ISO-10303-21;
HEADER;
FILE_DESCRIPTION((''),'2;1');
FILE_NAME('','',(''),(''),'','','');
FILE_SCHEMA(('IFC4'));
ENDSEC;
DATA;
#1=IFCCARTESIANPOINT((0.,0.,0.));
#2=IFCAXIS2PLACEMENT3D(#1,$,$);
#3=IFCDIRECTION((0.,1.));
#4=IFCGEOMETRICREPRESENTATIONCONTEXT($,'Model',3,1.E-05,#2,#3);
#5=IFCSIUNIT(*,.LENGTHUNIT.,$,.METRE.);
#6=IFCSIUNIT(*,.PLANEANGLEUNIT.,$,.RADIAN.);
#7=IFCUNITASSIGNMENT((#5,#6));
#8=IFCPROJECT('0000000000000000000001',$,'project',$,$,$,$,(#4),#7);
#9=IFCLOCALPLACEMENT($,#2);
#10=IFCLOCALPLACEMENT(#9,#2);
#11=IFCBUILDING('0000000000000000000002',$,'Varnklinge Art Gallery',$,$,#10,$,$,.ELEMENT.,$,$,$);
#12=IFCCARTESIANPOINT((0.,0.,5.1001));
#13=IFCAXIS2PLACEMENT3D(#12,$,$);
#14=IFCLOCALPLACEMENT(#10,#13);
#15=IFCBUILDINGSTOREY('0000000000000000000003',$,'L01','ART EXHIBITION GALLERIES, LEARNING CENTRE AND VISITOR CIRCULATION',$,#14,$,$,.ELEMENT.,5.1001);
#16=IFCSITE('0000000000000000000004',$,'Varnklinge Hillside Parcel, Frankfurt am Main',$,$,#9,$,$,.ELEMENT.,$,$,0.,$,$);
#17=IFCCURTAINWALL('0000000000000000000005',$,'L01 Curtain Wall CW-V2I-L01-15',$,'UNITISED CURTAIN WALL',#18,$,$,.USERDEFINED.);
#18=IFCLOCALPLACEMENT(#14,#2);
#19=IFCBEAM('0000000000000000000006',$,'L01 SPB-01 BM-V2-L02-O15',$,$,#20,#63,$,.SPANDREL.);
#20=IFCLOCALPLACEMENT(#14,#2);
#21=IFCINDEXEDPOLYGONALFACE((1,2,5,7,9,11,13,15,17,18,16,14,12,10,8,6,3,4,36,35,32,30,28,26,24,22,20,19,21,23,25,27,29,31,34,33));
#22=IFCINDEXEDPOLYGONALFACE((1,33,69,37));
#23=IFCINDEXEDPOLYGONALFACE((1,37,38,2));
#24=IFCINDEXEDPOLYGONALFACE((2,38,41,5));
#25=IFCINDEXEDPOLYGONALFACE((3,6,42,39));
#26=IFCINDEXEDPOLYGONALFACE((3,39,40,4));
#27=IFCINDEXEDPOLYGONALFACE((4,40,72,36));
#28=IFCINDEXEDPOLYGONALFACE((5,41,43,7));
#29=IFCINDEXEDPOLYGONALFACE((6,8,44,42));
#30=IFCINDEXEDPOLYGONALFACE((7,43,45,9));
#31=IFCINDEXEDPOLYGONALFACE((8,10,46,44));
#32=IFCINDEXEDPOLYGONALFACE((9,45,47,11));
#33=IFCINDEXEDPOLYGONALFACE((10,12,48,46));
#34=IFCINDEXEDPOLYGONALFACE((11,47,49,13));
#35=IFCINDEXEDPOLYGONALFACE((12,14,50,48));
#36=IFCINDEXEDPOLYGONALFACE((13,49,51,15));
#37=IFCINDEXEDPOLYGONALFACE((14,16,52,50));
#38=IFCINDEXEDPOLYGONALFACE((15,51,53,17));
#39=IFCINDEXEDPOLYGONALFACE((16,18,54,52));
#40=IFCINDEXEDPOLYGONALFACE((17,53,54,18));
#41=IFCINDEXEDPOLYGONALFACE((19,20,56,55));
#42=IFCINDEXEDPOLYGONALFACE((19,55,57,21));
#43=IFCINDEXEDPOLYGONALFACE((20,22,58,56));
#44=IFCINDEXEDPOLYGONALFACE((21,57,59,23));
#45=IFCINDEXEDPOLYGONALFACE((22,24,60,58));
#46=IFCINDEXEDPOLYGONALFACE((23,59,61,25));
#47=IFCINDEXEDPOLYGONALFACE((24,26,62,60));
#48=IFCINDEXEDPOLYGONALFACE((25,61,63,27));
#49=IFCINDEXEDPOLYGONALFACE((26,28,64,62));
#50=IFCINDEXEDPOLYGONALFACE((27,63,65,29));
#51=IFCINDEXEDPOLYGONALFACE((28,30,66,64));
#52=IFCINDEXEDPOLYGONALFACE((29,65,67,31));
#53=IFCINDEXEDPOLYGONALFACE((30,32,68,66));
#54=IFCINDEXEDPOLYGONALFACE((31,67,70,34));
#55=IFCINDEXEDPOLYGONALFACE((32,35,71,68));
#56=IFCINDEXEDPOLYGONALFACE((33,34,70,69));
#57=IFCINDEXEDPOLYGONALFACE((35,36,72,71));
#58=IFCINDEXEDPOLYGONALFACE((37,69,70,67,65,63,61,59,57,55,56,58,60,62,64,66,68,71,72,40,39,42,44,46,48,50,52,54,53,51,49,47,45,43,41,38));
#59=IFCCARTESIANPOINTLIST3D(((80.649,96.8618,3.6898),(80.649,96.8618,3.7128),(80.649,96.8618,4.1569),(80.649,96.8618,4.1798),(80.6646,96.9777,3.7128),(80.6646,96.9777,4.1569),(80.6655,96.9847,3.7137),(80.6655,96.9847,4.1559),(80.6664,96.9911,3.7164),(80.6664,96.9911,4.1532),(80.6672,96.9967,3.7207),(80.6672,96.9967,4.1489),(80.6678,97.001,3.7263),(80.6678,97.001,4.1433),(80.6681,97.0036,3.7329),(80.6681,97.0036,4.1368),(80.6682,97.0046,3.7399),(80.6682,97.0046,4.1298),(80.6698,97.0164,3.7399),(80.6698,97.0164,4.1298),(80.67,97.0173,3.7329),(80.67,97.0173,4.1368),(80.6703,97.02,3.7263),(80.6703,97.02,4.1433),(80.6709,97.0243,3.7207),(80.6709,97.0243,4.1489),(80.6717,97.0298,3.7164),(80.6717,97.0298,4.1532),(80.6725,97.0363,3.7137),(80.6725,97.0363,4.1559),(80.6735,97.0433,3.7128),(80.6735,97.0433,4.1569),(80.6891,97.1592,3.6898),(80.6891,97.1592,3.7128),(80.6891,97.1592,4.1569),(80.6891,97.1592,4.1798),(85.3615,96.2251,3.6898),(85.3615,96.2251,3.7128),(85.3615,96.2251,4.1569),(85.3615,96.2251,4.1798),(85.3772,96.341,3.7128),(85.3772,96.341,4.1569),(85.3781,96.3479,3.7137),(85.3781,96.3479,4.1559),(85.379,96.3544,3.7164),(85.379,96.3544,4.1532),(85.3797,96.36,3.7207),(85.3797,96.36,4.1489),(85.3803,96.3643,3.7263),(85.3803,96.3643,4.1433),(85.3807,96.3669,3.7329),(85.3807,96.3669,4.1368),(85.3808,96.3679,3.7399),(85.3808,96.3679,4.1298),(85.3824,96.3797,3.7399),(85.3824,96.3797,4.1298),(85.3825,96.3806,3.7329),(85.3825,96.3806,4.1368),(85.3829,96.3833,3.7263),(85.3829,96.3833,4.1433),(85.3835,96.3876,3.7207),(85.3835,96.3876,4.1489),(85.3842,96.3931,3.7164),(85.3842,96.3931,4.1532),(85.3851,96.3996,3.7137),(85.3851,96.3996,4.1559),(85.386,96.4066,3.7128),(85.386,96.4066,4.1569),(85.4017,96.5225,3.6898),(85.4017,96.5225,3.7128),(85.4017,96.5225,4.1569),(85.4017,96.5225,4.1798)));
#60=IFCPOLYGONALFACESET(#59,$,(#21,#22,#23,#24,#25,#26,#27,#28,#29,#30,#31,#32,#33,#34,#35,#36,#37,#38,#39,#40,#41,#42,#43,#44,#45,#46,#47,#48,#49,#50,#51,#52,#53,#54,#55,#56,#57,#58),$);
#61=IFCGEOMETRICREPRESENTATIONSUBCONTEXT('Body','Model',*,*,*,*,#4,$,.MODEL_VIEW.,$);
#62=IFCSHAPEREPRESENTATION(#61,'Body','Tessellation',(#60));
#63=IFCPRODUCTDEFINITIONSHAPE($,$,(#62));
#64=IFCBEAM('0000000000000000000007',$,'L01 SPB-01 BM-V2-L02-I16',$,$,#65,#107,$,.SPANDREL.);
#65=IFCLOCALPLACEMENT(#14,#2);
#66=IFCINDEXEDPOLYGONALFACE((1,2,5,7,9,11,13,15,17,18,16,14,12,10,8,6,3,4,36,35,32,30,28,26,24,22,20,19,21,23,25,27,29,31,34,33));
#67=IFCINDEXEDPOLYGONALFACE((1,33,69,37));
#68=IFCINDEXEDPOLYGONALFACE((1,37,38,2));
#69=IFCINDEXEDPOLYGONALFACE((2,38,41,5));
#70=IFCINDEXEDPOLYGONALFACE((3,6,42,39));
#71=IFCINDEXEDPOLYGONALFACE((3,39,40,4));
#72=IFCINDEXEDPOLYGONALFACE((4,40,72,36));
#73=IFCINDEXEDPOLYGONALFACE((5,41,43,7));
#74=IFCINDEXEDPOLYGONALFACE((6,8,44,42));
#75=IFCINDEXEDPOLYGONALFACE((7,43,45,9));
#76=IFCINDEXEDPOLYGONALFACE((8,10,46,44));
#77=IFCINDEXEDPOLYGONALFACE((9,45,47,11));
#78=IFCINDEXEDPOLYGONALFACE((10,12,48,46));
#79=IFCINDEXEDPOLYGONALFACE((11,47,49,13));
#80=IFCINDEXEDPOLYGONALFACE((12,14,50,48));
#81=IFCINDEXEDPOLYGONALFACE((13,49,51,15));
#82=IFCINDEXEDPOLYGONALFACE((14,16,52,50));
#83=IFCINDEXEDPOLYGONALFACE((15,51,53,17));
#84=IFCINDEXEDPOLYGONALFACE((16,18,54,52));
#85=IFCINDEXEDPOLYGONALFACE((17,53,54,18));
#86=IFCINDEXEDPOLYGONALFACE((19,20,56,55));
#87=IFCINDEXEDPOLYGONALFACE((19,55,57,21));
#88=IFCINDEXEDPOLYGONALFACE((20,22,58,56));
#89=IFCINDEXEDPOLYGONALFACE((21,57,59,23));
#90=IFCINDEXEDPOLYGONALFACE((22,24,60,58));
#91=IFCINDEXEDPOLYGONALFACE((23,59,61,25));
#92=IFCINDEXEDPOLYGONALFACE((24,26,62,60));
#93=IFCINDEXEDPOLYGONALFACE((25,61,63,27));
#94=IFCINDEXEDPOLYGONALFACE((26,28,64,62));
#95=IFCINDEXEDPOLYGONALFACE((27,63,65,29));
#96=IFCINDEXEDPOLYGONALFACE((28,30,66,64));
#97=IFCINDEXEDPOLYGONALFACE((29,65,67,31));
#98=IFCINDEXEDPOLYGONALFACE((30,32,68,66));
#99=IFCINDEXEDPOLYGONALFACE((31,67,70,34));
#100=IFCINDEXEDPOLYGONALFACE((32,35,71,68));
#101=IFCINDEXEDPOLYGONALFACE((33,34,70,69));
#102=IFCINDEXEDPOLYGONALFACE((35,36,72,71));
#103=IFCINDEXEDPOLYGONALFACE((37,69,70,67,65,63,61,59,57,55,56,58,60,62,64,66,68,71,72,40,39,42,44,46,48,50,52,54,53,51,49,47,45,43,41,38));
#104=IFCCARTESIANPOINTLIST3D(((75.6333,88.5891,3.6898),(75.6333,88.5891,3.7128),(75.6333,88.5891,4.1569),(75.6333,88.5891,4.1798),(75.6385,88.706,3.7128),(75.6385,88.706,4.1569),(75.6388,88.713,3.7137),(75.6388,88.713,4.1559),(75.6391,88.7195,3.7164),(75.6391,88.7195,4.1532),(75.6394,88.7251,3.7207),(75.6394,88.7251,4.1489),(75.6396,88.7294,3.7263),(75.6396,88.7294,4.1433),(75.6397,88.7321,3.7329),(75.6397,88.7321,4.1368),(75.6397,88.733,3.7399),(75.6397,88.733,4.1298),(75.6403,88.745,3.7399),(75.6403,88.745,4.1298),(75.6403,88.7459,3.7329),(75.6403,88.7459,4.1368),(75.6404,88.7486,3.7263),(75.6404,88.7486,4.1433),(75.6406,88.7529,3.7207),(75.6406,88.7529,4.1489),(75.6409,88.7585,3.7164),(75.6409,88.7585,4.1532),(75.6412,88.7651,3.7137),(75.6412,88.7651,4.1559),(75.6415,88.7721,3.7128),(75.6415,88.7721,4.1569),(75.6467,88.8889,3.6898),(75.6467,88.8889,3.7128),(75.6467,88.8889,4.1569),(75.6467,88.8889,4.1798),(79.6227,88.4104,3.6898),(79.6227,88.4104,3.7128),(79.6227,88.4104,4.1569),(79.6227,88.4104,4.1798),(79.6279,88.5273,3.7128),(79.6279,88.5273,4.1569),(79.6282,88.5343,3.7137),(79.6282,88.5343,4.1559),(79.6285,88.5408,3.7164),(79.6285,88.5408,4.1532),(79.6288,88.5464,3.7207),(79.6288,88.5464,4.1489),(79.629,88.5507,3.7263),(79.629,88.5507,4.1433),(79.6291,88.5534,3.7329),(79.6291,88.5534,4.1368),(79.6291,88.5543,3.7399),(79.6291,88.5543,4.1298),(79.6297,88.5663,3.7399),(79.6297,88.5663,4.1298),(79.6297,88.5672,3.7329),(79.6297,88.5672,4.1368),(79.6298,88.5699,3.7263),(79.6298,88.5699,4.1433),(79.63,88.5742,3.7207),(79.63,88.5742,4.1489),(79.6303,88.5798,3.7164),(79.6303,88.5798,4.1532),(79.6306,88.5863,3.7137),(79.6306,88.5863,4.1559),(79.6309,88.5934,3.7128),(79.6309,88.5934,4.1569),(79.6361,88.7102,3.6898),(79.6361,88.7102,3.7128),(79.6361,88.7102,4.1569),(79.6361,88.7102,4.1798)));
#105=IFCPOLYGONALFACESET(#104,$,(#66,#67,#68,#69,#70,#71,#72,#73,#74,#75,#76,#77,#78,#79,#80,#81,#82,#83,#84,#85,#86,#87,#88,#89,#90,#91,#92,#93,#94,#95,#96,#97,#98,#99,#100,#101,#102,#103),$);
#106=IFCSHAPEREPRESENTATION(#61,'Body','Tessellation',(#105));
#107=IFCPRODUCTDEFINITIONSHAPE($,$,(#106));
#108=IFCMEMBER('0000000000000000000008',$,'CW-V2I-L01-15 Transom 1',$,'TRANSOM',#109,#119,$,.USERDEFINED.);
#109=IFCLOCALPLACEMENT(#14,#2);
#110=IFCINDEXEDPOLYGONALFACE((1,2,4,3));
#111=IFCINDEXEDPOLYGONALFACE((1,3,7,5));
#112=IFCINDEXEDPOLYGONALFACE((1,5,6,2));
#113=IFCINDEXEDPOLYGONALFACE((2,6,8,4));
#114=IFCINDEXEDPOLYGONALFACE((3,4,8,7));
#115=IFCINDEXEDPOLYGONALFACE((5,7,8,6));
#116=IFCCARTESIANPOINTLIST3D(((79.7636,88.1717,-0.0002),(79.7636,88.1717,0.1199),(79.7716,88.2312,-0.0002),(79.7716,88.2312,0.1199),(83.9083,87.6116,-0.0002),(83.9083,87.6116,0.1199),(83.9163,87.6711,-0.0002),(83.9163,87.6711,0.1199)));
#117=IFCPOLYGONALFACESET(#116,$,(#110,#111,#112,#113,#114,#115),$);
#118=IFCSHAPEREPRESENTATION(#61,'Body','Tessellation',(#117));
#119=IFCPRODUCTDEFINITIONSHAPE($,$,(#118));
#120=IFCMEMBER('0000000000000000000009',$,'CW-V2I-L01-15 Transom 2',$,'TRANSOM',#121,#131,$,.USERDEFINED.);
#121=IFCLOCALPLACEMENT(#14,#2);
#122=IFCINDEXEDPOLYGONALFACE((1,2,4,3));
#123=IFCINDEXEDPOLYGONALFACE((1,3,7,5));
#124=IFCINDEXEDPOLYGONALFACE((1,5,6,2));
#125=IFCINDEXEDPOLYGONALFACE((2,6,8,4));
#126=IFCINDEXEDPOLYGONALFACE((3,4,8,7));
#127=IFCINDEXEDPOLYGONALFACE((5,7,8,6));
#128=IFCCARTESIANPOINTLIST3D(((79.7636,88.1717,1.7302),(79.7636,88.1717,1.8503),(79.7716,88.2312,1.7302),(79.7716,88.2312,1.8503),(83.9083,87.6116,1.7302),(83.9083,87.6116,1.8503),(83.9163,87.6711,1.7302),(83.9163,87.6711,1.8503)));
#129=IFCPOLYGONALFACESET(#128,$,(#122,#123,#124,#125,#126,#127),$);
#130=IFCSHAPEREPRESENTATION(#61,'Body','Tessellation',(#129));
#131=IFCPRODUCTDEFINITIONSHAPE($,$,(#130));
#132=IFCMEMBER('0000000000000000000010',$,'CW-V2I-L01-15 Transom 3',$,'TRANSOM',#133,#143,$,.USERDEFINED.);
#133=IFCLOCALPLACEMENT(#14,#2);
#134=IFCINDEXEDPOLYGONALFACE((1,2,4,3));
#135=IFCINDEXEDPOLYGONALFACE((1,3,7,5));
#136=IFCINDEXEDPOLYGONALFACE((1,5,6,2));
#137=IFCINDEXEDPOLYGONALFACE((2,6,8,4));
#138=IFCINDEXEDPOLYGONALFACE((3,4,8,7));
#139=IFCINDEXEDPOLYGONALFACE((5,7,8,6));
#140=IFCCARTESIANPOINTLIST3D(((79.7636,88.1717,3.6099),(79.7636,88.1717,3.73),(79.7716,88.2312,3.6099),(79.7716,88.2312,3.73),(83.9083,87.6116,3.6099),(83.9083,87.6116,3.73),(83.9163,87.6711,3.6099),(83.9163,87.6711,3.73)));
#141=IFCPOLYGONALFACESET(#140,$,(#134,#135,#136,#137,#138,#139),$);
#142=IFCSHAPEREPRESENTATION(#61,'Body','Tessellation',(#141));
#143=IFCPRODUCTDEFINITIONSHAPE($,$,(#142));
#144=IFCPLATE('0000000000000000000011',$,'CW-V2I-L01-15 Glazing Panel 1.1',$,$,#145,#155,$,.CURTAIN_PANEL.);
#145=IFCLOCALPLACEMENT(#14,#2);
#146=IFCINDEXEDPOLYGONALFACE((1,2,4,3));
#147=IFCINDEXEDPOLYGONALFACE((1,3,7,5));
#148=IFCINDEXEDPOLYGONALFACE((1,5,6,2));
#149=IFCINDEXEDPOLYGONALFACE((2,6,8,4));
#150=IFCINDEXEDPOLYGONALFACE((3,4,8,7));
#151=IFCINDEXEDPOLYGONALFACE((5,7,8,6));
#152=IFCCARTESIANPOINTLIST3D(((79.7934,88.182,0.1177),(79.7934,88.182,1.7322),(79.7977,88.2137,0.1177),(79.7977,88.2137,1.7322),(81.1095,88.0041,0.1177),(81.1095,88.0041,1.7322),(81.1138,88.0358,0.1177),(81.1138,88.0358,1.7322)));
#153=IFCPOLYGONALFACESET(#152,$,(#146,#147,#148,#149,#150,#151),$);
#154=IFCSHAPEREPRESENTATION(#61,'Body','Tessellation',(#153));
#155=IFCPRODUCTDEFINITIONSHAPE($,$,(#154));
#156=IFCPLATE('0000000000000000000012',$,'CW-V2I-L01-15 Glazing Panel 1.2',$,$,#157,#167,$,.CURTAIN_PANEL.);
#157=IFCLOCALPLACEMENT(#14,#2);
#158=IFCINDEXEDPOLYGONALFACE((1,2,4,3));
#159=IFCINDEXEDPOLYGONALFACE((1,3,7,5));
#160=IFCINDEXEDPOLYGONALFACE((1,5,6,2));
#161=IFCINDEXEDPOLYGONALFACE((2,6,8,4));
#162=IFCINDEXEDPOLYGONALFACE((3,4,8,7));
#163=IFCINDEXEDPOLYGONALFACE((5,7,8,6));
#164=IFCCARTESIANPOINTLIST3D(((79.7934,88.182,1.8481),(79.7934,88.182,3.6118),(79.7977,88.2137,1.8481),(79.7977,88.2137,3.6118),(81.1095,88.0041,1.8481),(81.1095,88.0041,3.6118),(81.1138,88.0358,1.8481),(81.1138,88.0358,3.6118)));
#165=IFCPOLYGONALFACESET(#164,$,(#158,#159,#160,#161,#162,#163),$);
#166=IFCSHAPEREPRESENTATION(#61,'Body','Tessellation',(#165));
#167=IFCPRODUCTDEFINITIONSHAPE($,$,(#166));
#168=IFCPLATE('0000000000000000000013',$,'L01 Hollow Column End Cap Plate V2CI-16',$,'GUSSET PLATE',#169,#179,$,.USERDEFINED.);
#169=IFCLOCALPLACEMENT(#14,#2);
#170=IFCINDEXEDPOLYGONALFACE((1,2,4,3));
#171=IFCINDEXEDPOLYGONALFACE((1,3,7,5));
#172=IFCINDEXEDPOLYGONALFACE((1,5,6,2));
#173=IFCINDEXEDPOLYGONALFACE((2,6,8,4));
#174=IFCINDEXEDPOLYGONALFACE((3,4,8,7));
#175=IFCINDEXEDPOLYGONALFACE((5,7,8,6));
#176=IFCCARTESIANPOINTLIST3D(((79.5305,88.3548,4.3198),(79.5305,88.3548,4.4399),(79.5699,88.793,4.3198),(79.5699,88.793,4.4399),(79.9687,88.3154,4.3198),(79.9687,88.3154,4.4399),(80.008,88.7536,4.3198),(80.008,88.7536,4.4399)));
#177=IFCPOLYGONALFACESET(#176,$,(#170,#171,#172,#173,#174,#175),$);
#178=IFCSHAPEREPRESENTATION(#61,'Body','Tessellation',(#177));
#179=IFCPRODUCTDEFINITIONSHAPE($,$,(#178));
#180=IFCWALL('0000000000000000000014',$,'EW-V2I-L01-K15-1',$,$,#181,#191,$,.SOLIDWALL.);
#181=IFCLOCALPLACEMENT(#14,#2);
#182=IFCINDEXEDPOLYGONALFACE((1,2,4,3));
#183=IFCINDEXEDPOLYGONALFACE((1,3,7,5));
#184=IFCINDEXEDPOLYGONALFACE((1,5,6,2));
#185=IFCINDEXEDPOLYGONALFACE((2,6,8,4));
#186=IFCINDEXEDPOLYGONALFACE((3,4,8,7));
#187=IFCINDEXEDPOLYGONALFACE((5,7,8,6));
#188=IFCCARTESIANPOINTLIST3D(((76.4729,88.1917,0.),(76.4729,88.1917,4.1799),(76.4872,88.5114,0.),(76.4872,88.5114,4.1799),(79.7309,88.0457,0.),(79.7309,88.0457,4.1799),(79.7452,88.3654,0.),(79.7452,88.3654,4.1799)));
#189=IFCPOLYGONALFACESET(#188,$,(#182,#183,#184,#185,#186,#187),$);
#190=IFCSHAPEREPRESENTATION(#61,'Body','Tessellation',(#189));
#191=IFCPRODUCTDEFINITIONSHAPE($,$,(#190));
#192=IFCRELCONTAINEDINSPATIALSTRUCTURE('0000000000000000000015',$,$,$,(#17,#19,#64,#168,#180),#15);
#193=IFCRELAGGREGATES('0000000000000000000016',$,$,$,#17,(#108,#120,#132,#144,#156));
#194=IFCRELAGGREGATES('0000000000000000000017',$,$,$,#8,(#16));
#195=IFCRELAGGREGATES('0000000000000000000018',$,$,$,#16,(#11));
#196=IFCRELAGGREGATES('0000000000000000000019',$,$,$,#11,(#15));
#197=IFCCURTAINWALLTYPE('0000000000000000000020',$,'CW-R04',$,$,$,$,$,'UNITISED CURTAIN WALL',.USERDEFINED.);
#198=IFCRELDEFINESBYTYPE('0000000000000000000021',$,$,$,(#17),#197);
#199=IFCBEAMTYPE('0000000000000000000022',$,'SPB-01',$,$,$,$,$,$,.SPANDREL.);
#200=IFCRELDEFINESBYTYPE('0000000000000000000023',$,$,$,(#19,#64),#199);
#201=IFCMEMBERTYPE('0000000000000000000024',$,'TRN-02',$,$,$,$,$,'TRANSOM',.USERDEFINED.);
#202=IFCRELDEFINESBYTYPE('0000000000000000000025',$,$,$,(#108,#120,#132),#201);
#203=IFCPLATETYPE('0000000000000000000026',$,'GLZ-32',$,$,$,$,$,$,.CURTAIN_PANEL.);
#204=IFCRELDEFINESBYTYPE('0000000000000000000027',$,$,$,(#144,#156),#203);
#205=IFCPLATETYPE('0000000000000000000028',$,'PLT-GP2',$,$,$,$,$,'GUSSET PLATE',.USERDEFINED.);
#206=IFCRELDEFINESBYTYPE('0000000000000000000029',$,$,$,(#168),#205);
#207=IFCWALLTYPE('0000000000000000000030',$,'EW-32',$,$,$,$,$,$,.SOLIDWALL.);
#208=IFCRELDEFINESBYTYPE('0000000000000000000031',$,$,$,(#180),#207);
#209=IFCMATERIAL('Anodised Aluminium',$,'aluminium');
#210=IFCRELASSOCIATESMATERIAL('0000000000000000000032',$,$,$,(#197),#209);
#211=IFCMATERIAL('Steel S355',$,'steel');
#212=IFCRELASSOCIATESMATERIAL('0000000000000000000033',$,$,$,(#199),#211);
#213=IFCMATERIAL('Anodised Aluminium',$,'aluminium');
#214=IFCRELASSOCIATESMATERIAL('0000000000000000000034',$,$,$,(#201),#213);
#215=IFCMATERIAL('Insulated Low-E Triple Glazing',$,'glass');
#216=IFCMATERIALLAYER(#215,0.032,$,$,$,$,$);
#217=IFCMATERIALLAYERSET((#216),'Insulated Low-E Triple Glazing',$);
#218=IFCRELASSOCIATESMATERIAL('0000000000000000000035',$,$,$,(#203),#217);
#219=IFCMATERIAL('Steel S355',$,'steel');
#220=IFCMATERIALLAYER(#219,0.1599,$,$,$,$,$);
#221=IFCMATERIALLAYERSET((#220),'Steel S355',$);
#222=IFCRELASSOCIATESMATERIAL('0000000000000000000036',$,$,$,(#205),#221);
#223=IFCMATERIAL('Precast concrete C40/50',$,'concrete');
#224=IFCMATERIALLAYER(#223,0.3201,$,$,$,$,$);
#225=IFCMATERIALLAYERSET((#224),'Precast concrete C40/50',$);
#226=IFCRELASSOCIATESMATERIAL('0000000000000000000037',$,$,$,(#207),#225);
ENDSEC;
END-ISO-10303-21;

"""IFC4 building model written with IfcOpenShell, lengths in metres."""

from ifc_helpers import new_model, si_unit, direction, frame, frame_2d, origin, origin_2d, place, context, subcontext, project, spatial, rectangle, i_section, extrude, material, layer, layer_set, material_profile, profile_set, type_object, element, aggregate, save


model = new_model("IFC4")

# Units and contexts
model_context = context("Model", 3, precision=1e-05, world=origin(), true_north=direction((0.0, 1.0)))
body_context = subcontext(model_context, "Body", "Model", "MODEL_VIEW")
ifc_project = project(units=[si_unit("LENGTHUNIT", "METRE"), si_unit("PLANEANGLEUNIT", "RADIAN")], contexts=[model_context])

# Site, building, storey
site_placement = place(None, origin())
site = spatial("IfcSite", under=ifc_project, at=site_placement, Name="Varnklinge Hillside Parcel, Frankfurt am Main", CompositionType="ELEMENT", RefElevation=0.0)
building_placement = place(site_placement, origin())
building = spatial("IfcBuilding", under=site, at=building_placement, Name="Varnklinge Art Gallery", CompositionType="ELEMENT")
storey_placement = place(building_placement, frame((0.0, 0.0, 5.1001)))
storey = spatial("IfcBuildingStorey", under=building, at=storey_placement, Name="L01", Description="ART EXHIBITION GALLERIES, LEARNING CENTRE AND VISITOR CIRCULATION", CompositionType="ELEMENT", Elevation=5.1001)

# Curtain wall
ifc_material_1 = material(Name="Anodised Aluminium", Category="aluminium")
curtain_wall_type = type_object("IfcCurtainWallType", Name="CW-R04", ElementType="UNITISED CURTAIN WALL", PredefinedType="USERDEFINED", material=ifc_material_1)
curtain_wall_placement = place(storey_placement, origin())
curtain_wall = element("IfcCurtainWall", 1, at=curtain_wall_placement, inside=storey, type_object=curtain_wall_type, Name="L01 Curtain Wall CW-V2I-L01-15", ObjectType="UNITISED CURTAIN WALL", PredefinedType="USERDEFINED")

# Beams
ifc_material_2 = material(Name="Steel S355", Category="steel")
ifc_material_profile_1 = material_profile(ifc_material_2, i_section(OverallWidth=0.3, OverallDepth=0.49, WebThickness=0.012, FlangeThickness=0.0229, FilletRadius=0.0271, at=origin_2d()), Name="HEA 500")
ifc_profile_set_1 = profile_set([ifc_material_profile_1], Name="Steel S355")
beam_type_1 = type_object("IfcBeamType", Name="SPB-01", PredefinedType="SPANDREL", material=ifc_profile_set_1)
beam_1_placement = place(storey_placement, frame((85.3816, 96.3738, 3.9348), z_axis=(-0.990996, 0.133892, 0.0), x_axis=(-0.133892, -0.990996, 0.0)))
element("IfcBeam", 2, at=beam_1_placement, inside=storey, type_object=beam_type_1, Name="L01 SPB-01 BM-V2-L02-O15", PredefinedType="SPANDREL", context=body_context, shape_type="SweptSolid", body=[
    extrude(i_section(OverallWidth=0.3, OverallDepth=0.49, WebThickness=0.012, FlangeThickness=0.0229, FilletRadius=0.0271, at=origin_2d()), origin(), (0.0, 0.0, 1.0), 4.7554),
])
beam_2_placement = place(storey_placement, frame((79.6294, 88.5603, 3.9348), z_axis=(-0.998998, 0.04475, 0.0), x_axis=(-0.04475, -0.998998, 0.0)))
element("IfcBeam", 3, at=beam_2_placement, inside=storey, type_object=beam_type_1, Name="L01 SPB-01 BM-V2-L02-I16", PredefinedType="SPANDREL", context=body_context, shape_type="SweptSolid", body=[
    extrude(i_section(OverallWidth=0.3, OverallDepth=0.49, WebThickness=0.012, FlangeThickness=0.0229, FilletRadius=0.0271, at=origin_2d()), origin(), (0.0, 0.0, 1.0), 3.9934),
])

# Members
ifc_material_3 = material(Name="Anodised Aluminium", Category="aluminium")
ifc_material_profile_2 = material_profile(ifc_material_3, rectangle(XDim=0.0601, YDim=0.1201, at=origin_2d()), Name="ALU 60x120")
ifc_profile_set_2 = profile_set([ifc_material_profile_2], Name="Anodised Aluminium")
member_type_1 = type_object("IfcMemberType", Name="TRN-02", ElementType="TRANSOM", PredefinedType="USERDEFINED", material=ifc_profile_set_2)
member_1_placement = place(storey_placement, frame((79.7676, 88.2014, 0.0598), z_axis=(0.990994, -0.133907, 0.0), x_axis=(0.133907, 0.990994, 0.0)))
member_1 = element("IfcMember", 4, at=member_1_placement, type_object=member_type_1, Name="CW-V2I-L01-15 Transom 1", ObjectType="TRANSOM", PredefinedType="USERDEFINED", context=body_context, shape_type="SweptSolid", body=[
    extrude(rectangle(XDim=0.0601, YDim=0.1201, at=origin_2d()), origin(), (0.0, 0.0, 1.0), 4.1824),
])
member_2_placement = place(storey_placement, frame((79.7676, 88.2014, 1.7903), z_axis=(0.990994, -0.133907, 0.0), x_axis=(0.133907, 0.990994, 0.0)))
member_2 = element("IfcMember", 5, at=member_2_placement, type_object=member_type_1, Name="CW-V2I-L01-15 Transom 2", ObjectType="TRANSOM", PredefinedType="USERDEFINED", context=body_context, shape_type="SweptSolid", body=[
    extrude(rectangle(XDim=0.0601, YDim=0.1201, at=origin_2d()), origin(), (0.0, 0.0, 1.0), 4.1824),
])
member_3_placement = place(storey_placement, frame((79.7676, 88.2014, 3.6699), z_axis=(0.990994, -0.133907, 0.0), x_axis=(0.133907, 0.990994, 0.0)))
member_3 = element("IfcMember", 6, at=member_3_placement, type_object=member_type_1, Name="CW-V2I-L01-15 Transom 3", ObjectType="TRANSOM", PredefinedType="USERDEFINED", context=body_context, shape_type="SweptSolid", body=[
    extrude(rectangle(XDim=0.0601, YDim=0.1201, at=origin_2d()), origin(), (0.0, 0.0, 1.0), 4.1824),
])

# Plates
ifc_material_4 = material(Name="Insulated Low-E Triple Glazing", Category="glass")
ifc_layer_1 = layer(ifc_material_4, 0.032)
ifc_layer_set_1 = layer_set([ifc_layer_1], Name="Insulated Low-E Triple Glazing")
plate_type_1 = type_object("IfcPlateType", Name="GLZ-32", PredefinedType="CURTAIN_PANEL", material=ifc_layer_set_1)
plate_1_placement = place(storey_placement, frame((80.4536, 88.1089, 0.1177), z_axis=(0.0, 0.0, 1.0), x_axis=(0.990983, -0.133986, 0.0)))
plate_1 = element("IfcPlate", 7, at=plate_1_placement, type_object=plate_type_1, Name="CW-V2I-L01-15 Glazing Panel 1.1", PredefinedType="CURTAIN_PANEL", context=body_context, shape_type="SweptSolid", body=[
    extrude(rectangle(XDim=1.3281, YDim=0.032, at=origin_2d()), origin(), (0.0, 0.0, 1.0), 1.6145),
])
plate_2_placement = place(storey_placement, frame((80.4536, 88.1089, 1.8481), z_axis=(0.0, 0.0, 1.0), x_axis=(0.990983, -0.133986, 0.0)))
plate_2 = element("IfcPlate", 8, at=plate_2_placement, type_object=plate_type_1, Name="CW-V2I-L01-15 Glazing Panel 1.2", PredefinedType="CURTAIN_PANEL", context=body_context, shape_type="SweptSolid", body=[
    extrude(rectangle(XDim=1.3281, YDim=0.032, at=origin_2d()), origin(), (0.0, 0.0, 1.0), 1.7637),
])
aggregate(curtain_wall, [member_1, member_2, member_3, plate_1, plate_2])
ifc_material_5 = material(Name="Steel S355", Category="steel")
ifc_layer_2 = layer(ifc_material_5, 0.1599)
ifc_layer_set_2 = layer_set([ifc_layer_2], Name="Steel S355")
plate_type_2 = type_object("IfcPlateType", Name="PLT-GP2", ElementType="GUSSET PLATE", PredefinedType="USERDEFINED", material=ifc_layer_set_2)
plate_3_placement = place(storey_placement, frame((79.7693, 88.5542, 4.3198), z_axis=(0.0, 0.0, 1.0), x_axis=(-0.089416, -0.995994, 0.0)))
element("IfcPlate", 9, at=plate_3_placement, inside=storey, type_object=plate_type_2, Name="L01 Hollow Column End Cap Plate V2CI-16", ObjectType="GUSSET PLATE", PredefinedType="USERDEFINED", context=body_context, shape_type="SweptSolid", body=[
    extrude(rectangle(XDim=0.4399, YDim=0.4399, at=origin_2d()), origin(), (0.0, 0.0, 1.0), 0.1201),
])

# Wall
ifc_material_6 = material(Name="Precast concrete C40/50", Category="concrete")
ifc_layer_3 = layer(ifc_material_6, 0.3201)
ifc_layer_set_3 = layer_set([ifc_layer_3], Name="Precast concrete C40/50")
wall_type_1 = type_object("IfcWallType", Name="EW-32", PredefinedType="SOLIDWALL", material=ifc_layer_set_3)
wall_1_placement = place(storey_placement, frame((79.738, 88.2056, 0.0), z_axis=(0.0, 0.0, 1.0), x_axis=(-0.998998, 0.044766, 0.0)))
element("IfcWall", 10, at=wall_1_placement, inside=storey, type_object=wall_type_1, Name="EW-V2I-L01-K15-1", PredefinedType="SOLIDWALL", context=body_context, shape_type="SweptSolid", body=[
    extrude(rectangle(XDim=3.2612, YDim=0.3201, at=frame_2d((1.6306, 0.0))), origin(), (0.0, 0.0, 1.0), 4.1799),
])

save(model, "model.ifc")
